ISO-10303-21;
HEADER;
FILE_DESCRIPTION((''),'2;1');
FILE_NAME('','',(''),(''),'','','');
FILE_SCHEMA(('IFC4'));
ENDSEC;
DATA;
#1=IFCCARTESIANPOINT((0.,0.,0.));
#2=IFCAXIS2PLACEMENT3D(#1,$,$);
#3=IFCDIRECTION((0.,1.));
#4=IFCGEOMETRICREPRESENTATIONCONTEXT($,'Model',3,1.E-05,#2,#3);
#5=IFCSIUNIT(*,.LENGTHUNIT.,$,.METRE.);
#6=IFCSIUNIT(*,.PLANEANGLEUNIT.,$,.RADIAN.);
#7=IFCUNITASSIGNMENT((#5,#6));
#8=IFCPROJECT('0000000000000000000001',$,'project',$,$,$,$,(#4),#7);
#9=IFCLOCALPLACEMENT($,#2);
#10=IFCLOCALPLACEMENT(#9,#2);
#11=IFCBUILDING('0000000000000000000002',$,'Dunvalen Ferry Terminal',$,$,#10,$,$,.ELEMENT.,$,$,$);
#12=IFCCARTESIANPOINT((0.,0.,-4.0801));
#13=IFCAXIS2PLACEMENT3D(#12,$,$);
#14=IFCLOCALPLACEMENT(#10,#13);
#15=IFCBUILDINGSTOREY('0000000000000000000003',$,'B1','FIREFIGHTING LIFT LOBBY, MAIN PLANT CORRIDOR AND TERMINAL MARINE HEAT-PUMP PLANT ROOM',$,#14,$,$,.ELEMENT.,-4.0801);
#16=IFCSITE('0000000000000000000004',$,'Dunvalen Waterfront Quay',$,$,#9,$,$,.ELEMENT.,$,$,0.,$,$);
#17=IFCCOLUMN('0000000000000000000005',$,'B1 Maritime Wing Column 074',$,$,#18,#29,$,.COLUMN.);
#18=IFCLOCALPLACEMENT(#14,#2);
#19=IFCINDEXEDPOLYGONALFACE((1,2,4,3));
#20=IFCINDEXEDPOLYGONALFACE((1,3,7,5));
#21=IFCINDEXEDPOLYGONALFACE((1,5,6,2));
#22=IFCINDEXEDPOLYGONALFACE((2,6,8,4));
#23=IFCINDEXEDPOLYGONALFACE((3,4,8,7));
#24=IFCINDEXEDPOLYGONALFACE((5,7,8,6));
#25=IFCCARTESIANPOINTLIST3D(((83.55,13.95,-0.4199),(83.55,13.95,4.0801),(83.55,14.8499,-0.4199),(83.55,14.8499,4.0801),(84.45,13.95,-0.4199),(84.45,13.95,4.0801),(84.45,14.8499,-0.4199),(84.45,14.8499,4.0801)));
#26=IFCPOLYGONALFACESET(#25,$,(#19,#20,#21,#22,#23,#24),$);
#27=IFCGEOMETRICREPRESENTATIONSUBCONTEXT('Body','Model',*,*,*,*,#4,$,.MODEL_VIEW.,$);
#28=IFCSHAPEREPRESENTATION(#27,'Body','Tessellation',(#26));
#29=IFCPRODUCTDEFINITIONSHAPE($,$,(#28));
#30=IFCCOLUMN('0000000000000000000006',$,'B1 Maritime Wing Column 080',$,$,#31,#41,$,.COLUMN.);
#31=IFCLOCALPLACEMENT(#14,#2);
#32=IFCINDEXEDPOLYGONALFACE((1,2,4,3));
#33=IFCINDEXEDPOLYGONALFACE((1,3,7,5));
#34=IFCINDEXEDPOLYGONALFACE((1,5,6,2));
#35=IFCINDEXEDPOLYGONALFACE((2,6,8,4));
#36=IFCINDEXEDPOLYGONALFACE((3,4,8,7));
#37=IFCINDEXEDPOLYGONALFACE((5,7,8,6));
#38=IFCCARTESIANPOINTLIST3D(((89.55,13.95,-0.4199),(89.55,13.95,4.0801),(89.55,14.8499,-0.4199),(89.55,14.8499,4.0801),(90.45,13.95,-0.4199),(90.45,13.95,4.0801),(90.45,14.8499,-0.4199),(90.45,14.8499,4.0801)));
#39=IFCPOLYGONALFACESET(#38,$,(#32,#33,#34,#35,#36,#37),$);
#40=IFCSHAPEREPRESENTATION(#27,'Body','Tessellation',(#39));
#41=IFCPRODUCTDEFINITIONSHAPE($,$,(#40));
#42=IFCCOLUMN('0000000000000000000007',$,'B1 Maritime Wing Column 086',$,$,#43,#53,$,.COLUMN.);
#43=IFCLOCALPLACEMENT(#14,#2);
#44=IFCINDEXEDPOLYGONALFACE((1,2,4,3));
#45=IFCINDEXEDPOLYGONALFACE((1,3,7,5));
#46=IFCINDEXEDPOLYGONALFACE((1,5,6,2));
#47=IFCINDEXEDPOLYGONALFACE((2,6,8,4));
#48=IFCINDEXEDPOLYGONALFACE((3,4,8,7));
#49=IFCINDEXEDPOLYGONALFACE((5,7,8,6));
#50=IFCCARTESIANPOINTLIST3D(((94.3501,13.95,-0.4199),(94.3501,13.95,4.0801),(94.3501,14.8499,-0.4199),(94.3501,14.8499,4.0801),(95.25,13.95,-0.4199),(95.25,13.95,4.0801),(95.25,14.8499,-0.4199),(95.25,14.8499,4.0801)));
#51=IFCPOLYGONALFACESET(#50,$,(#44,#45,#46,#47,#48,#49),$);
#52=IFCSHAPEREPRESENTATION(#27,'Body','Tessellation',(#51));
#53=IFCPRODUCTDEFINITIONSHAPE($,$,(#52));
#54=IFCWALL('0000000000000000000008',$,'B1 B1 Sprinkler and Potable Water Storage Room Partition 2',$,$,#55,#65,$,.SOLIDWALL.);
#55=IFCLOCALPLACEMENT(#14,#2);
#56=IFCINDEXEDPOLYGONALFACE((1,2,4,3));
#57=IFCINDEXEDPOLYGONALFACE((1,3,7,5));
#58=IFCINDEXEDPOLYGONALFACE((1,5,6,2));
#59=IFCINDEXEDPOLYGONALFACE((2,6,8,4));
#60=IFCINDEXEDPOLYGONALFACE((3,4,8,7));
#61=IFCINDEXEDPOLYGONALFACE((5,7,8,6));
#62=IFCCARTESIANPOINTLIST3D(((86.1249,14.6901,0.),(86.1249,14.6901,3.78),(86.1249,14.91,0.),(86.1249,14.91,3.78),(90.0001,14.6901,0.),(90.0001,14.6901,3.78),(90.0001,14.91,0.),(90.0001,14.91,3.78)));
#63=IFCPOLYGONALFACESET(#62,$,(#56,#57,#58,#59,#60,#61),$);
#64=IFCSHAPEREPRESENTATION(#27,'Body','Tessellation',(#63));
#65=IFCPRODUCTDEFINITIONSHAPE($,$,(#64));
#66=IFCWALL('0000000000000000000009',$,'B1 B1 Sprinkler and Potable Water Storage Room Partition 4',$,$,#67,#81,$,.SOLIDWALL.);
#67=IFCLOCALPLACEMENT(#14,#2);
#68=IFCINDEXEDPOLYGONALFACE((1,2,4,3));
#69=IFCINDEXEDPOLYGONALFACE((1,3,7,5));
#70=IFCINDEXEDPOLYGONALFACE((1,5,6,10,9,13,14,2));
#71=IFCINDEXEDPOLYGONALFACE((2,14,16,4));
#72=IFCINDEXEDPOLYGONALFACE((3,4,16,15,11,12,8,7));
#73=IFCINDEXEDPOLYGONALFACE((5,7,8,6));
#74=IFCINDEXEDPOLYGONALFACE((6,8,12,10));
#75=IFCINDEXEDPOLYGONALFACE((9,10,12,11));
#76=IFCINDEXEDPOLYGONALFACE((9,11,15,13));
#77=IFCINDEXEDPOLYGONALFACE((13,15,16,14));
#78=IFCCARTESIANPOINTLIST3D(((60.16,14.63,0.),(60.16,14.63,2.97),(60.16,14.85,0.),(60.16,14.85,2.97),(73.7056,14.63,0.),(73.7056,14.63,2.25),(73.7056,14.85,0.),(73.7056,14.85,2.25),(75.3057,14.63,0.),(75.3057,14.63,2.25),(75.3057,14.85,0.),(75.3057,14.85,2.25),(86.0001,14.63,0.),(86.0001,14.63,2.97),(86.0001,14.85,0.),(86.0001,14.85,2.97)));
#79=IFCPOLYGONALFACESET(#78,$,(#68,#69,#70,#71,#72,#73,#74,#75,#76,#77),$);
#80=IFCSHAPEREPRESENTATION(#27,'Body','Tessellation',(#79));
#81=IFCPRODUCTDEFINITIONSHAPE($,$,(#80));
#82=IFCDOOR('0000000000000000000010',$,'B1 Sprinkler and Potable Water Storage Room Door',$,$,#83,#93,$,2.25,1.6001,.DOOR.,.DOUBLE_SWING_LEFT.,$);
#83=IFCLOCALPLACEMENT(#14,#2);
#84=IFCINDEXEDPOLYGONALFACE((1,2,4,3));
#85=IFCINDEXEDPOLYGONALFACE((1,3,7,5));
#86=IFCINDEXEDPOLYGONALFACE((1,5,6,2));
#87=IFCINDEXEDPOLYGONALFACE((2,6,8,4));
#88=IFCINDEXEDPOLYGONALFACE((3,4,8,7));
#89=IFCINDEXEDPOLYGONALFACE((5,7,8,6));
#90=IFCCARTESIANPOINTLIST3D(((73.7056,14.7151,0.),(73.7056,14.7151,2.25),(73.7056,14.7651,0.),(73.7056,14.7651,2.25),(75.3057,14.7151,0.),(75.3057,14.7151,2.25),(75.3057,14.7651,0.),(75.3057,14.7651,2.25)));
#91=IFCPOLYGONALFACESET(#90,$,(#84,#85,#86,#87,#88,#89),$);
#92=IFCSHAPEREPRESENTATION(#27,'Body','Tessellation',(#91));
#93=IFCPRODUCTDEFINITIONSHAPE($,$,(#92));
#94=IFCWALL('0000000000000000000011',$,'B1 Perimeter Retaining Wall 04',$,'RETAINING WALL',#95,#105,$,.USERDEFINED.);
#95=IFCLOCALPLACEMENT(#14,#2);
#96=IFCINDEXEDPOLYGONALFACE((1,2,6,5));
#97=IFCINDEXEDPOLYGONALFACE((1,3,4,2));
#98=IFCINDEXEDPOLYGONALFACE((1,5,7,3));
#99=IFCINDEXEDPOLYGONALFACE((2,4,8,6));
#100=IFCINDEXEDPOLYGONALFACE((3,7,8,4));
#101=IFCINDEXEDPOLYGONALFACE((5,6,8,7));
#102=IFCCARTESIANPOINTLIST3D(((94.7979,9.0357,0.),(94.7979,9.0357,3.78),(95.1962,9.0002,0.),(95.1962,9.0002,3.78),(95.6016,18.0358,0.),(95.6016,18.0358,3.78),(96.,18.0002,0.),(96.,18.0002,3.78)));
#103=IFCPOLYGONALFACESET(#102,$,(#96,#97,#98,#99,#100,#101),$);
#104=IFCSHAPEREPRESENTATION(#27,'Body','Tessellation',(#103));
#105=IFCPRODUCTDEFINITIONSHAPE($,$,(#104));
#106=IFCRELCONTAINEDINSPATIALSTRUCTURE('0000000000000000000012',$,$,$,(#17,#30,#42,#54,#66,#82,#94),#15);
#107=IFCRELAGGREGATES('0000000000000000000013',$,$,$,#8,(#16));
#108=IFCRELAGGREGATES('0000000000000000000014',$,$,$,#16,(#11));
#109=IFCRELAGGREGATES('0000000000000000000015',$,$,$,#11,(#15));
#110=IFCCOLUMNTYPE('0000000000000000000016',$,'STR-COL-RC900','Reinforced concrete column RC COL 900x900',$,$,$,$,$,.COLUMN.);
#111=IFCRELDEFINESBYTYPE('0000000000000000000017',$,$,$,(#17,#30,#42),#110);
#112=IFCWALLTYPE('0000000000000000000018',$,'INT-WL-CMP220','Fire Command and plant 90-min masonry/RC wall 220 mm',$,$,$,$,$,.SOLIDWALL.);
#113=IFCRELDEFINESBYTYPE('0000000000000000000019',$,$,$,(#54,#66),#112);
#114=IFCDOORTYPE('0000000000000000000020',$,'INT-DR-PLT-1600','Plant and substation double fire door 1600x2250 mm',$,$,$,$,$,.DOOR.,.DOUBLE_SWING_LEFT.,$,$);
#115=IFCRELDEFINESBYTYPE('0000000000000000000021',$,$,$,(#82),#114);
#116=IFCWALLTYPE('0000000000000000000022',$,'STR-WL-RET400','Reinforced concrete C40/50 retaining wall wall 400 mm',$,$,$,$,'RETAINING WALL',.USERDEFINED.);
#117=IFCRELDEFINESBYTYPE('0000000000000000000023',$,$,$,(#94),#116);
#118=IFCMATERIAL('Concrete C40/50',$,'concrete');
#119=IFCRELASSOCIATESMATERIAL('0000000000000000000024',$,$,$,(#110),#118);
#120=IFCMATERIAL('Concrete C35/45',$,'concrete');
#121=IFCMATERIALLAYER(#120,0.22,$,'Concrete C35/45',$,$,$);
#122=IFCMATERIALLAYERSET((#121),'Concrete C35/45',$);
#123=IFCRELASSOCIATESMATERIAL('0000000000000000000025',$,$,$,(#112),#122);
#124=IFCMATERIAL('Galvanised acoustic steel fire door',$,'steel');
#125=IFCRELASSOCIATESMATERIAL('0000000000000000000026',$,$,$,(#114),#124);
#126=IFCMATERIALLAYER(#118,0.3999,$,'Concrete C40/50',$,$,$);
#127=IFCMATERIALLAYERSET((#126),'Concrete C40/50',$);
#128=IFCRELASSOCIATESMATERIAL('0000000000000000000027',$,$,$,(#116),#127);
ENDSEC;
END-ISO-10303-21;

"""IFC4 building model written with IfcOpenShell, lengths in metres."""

from ifc_helpers import new_model, si_unit, direction, frame, frame_2d, origin, origin_2d, place, context, subcontext, project, spatial, rectangle, extrude, material, layer, layer_set, material_profile, profile_set, type_object, element, fill, save


model = new_model("IFC4")

# Units and contexts
model_context = context("Model", 3, precision=1e-05, world=origin(), true_north=direction((0.0, 1.0)))
body_context = subcontext(model_context, "Body", "Model", "MODEL_VIEW")
ifc_project = project(units=[si_unit("LENGTHUNIT", "METRE"), si_unit("PLANEANGLEUNIT", "RADIAN")], contexts=[model_context])

# Site, building, storey
site_placement = place(None, origin())
site = spatial("IfcSite", under=ifc_project, at=site_placement, Name="Dunvalen Waterfront Quay", CompositionType="ELEMENT", RefElevation=0.0)
building_placement = place(site_placement, origin())
building = spatial("IfcBuilding", under=site, at=building_placement, Name="Dunvalen Ferry Terminal", CompositionType="ELEMENT")
storey_placement = place(building_placement, frame((0.0, 0.0, -4.0801)))
storey = spatial("IfcBuildingStorey", under=building, at=storey_placement, Name="B1", Description="FIREFIGHTING LIFT LOBBY, MAIN PLANT CORRIDOR AND TERMINAL MARINE HEAT-PUMP PLANT ROOM", CompositionType="ELEMENT", Elevation=-4.0801)

# Shared definitions
ifc_material_1 = material(Name="Concrete C40/50", Category="concrete")

# Columns
ifc_material_profile_1 = material_profile(ifc_material_1, rectangle(XDim=0.8999, YDim=0.8999, at=origin_2d()), Name="Concrete C40/50")
ifc_profile_set_1 = profile_set([ifc_material_profile_1], Name="Concrete C40/50")
column_type = type_object("IfcColumnType", Name="STR-COL-RC900", Description="Reinforced concrete column RC COL 900x900", PredefinedType="COLUMN", material=ifc_profile_set_1)
for number, where, z_axis, x_axis, name in (
    (1, (84.0, 14.3999, -0.4199), (0.0, 0.0, 1.0), (1.0, 0.0, 0.0), "B1 Maritime Wing Column 074"),
    (2, (90.0, 14.3999, -0.4199), (0.0, 0.0, 1.0), (1.0, 0.0, 0.0), "B1 Maritime Wing Column 080"),
    (3, (94.8, 14.3999, -0.4199), (0.0, 0.0, 1.0), (1.0, 0.0, 0.0), "B1 Maritime Wing Column 086"),
):
    element("IfcColumn", number, at=place(storey_placement, frame(where, z_axis=z_axis, x_axis=x_axis)), inside=storey, type_object=column_type, Name=name, PredefinedType="COLUMN", context=body_context, shape_type="SweptSolid", body=[
        extrude(rectangle(XDim=0.8999, YDim=0.8999, at=origin_2d()), origin(), (0.0, 0.0, 1.0), 4.5),
    ])

# Wall
ifc_material_2 = material(Name="Concrete C35/45", Category="concrete")
ifc_layer_1 = layer(ifc_material_2, 0.22, Name="Concrete C35/45")
ifc_layer_set_1 = layer_set([ifc_layer_1], Name="Concrete C35/45")
wall_type_1 = type_object("IfcWallType", Name="INT-WL-CMP220", Description="Fire Command and plant 90-min masonry/RC wall 220 mm", PredefinedType="SOLIDWALL", material=ifc_layer_set_1)
wall_1_placement = place(storey_placement, frame((90.0, 14.8, 0.0), z_axis=(0.0, 0.0, 1.0), x_axis=(-1.0, 0.0, 0.0)))
element("IfcWall", 4, at=wall_1_placement, inside=storey, type_object=wall_type_1, Name="B1 B1 Sprinkler and Potable Water Storage Room Partition 2", PredefinedType="SOLIDWALL", context=body_context, shape_type="SweptSolid", body=[
    extrude(rectangle(XDim=3.8752, YDim=0.22, at=frame_2d((1.9375, 0.0))), origin(), (0.0, 0.0, 1.0), 3.78),
])

# Wall, opening, door
wall_2_placement = place(storey_placement, frame((86.0, 14.74, 0.0), z_axis=(0.0, 0.0, 1.0), x_axis=(-1.0, 0.0, 0.0)))
wall_2 = element("IfcWall", 5, at=wall_2_placement, inside=storey, type_object=wall_type_1, Name="B1 B1 Sprinkler and Potable Water Storage Room Partition 4", PredefinedType="SOLIDWALL", context=body_context, shape_type="SweptSolid", body=[
    extrude(rectangle(XDim=25.8401, YDim=0.22, at=frame_2d((12.9199, 0.0))), origin(), (0.0, 0.0, 1.0), 2.97),
])
opening_placement = place(wall_2_placement, frame((10.6943, 0.0, 0.0)))
opening = element("IfcOpeningElement", 6, at=opening_placement, cuts=wall_2, PredefinedType="OPENING", context=body_context, shape_type="SweptSolid", body=[
    extrude(rectangle(XDim=1.6001, YDim=2.25, at=frame_2d((0.8, 1.125))), frame((0.0, 0.1201, 0.0), z_axis=(0.0, -1.0, 0.0), x_axis=(1.0, 0.0, 0.0)), (0.0, 0.0, 1.0), 0.24),
])
ifc_material_3 = material(Name="Galvanised acoustic steel fire door", Category="steel")
door_type = type_object("IfcDoorType", Name="INT-DR-PLT-1600", Description="Plant and substation double fire door 1600x2250 mm", OperationType="DOUBLE_SWING_LEFT", PredefinedType="DOOR", material=ifc_material_3)
door_placement = place(opening_placement, origin())
door = element("IfcDoor", 7, at=door_placement, inside=storey, type_object=door_type, Name="B1 Sprinkler and Potable Water Storage Room Door", OperationType="DOUBLE_SWING_LEFT", OverallHeight=2.25, OverallWidth=1.6001, PredefinedType="DOOR", context=body_context, shape_type="SweptSolid", body=[
    extrude(rectangle(XDim=1.6001, YDim=2.25, at=frame_2d((0.8, 1.125))), frame((0.0, 0.0249, 0.0), z_axis=(0.0, -1.0, 0.0), x_axis=(1.0, 0.0, 0.0)), (0.0, 0.0, 1.0), 0.05),
])
fill(opening, door)

# Wall
ifc_layer_2 = layer(ifc_material_1, 0.3999, Name="Concrete C40/50")
ifc_layer_set_2 = layer_set([ifc_layer_2], Name="Concrete C40/50")
wall_type_2 = type_object("IfcWallType", Name="STR-WL-RET400", Description="Reinforced concrete C40/50 retaining wall wall 400 mm", ElementType="RETAINING WALL", PredefinedType="USERDEFINED", material=ifc_layer_set_2)
wall_3_placement = place(storey_placement, frame((94.9971, 9.0178, 0.0), z_axis=(0.0, 0.0, 1.0), x_axis=(0.088947, 0.996036, 0.0)))
element("IfcWall", 8, at=wall_3_placement, inside=storey, type_object=wall_type_2, Name="B1 Perimeter Retaining Wall 04", ObjectType="RETAINING WALL", PredefinedType="USERDEFINED", context=body_context, shape_type="SweptSolid", body=[
    extrude(rectangle(XDim=9.0359, YDim=0.3999, at=frame_2d((4.5181, 0.0))), origin(), (0.0, 0.0, 1.0), 3.78),
])

save(model, "model.ifc")
